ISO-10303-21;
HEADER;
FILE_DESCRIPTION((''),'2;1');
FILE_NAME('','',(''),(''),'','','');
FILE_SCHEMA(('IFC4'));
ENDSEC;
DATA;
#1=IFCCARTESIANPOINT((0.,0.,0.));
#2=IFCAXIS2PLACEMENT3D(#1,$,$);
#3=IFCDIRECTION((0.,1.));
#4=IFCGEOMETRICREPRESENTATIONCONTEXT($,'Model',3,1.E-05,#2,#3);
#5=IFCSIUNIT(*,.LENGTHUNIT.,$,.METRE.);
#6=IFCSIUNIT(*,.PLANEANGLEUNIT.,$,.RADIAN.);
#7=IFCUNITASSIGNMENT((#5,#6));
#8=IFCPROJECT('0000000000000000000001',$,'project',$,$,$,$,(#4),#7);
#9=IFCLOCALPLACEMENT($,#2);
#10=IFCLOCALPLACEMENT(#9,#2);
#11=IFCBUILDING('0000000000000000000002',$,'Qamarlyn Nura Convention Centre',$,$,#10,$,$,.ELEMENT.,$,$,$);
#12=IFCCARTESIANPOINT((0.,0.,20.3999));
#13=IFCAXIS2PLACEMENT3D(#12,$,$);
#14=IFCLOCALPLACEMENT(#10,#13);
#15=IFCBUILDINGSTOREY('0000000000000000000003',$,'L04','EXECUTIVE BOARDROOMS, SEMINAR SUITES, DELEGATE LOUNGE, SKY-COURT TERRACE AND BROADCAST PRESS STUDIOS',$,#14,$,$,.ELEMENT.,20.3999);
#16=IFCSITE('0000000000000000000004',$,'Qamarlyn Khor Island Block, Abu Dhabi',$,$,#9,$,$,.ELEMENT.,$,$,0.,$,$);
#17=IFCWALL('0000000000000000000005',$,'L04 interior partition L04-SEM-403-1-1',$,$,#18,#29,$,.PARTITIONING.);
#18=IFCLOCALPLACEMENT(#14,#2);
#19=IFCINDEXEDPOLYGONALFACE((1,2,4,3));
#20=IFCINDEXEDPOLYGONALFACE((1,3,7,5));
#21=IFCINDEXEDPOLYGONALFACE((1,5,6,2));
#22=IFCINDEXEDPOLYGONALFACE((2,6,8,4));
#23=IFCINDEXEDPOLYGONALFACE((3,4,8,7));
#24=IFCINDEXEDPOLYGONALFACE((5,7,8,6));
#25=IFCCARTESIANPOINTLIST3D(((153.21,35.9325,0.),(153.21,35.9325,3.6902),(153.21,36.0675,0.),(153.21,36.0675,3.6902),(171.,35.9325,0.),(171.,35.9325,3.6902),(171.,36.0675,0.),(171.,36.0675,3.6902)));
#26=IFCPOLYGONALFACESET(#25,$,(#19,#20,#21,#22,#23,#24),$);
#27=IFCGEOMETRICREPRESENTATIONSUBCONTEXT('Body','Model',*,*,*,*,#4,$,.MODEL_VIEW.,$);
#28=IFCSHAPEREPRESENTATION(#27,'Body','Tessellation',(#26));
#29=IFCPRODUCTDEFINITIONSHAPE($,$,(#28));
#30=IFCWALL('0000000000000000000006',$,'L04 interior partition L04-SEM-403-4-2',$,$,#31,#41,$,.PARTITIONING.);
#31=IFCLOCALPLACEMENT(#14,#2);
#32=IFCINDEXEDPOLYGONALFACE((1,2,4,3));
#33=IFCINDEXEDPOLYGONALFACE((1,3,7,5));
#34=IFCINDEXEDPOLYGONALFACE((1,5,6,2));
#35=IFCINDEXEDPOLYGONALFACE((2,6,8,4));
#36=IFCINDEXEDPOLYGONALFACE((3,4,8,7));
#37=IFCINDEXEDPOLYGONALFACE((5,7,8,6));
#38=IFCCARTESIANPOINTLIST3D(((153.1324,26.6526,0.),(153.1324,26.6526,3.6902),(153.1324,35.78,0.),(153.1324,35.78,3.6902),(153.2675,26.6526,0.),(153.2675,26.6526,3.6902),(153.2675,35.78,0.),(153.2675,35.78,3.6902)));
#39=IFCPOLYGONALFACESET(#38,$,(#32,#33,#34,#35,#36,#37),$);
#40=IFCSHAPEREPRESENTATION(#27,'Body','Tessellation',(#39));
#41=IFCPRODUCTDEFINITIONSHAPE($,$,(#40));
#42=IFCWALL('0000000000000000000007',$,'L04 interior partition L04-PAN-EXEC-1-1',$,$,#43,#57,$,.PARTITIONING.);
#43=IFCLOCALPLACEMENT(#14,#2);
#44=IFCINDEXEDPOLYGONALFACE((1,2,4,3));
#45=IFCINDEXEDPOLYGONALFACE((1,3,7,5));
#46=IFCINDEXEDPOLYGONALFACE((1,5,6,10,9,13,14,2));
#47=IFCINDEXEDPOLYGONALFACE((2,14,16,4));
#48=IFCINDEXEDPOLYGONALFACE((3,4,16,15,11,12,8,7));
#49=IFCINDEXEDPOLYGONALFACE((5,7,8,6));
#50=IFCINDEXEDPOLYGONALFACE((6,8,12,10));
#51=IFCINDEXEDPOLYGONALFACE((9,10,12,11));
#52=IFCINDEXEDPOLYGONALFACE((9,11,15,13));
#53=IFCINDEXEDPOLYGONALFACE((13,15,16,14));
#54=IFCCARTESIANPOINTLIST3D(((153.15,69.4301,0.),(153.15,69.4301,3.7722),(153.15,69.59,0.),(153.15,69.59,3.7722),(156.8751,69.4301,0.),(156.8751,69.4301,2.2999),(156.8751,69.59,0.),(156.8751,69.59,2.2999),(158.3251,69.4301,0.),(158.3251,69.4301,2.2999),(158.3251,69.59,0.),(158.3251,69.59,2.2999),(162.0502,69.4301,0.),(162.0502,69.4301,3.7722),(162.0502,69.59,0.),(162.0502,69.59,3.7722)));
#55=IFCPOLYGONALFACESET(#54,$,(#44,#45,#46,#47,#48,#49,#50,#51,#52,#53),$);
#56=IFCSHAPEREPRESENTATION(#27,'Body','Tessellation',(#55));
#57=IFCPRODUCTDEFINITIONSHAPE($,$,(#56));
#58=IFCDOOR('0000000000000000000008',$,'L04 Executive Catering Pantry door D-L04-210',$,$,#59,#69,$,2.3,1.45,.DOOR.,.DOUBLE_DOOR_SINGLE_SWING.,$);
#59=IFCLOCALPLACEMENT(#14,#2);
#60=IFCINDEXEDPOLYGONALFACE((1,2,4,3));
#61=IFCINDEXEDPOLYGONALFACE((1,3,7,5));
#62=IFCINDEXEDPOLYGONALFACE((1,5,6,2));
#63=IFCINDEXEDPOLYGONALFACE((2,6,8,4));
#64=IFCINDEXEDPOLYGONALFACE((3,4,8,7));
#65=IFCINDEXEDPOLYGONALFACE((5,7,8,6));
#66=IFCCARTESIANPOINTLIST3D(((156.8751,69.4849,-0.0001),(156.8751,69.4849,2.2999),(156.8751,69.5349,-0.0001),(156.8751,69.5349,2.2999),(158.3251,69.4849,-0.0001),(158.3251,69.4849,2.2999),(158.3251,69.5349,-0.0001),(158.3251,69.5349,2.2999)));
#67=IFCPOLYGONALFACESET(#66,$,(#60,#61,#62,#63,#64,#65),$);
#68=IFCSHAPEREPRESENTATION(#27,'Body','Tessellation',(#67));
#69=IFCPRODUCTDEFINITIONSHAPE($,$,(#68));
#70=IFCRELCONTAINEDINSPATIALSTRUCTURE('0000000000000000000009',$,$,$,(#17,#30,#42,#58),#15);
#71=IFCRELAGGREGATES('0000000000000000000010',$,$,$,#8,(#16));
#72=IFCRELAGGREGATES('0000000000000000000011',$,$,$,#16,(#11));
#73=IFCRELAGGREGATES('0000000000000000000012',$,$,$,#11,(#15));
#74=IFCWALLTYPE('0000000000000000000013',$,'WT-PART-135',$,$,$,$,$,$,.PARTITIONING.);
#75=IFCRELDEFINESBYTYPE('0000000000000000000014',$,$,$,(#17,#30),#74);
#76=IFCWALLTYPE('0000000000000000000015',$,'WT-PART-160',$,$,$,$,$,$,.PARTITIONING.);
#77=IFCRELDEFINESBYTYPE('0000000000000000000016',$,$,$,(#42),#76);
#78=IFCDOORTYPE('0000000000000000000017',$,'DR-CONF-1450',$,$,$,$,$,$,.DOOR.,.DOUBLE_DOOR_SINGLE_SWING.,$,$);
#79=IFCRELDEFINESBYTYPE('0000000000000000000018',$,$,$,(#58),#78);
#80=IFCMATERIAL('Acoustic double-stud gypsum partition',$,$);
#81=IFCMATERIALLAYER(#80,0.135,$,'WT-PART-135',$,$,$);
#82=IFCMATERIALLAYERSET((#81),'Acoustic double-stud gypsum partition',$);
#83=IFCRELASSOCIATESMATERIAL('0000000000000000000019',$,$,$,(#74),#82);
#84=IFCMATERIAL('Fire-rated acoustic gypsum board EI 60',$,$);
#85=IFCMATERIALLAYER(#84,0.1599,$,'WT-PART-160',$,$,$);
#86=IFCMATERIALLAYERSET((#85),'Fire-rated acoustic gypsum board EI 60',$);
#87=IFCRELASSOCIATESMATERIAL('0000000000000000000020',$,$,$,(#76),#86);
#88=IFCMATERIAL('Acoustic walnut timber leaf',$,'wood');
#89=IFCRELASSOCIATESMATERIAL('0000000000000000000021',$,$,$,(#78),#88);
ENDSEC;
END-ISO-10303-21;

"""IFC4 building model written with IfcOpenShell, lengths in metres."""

from ifc_helpers import new_model, si_unit, direction, frame, frame_2d, origin, place, context, subcontext, project, spatial, rectangle, extrude, material, layer, layer_set, type_object, element, fill, save


model = new_model("IFC4")

# Units and contexts
model_context = context("Model", 3, precision=1e-05, world=origin(), true_north=direction((0.0, 1.0)))
body_context = subcontext(model_context, "Body", "Model", "MODEL_VIEW")
ifc_project = project(units=[si_unit("LENGTHUNIT", "METRE"), si_unit("PLANEANGLEUNIT", "RADIAN")], contexts=[model_context])

# Site, building, storey
site_placement = place(None, origin())
site = spatial("IfcSite", under=ifc_project, at=site_placement, Name="Qamarlyn Khor Island Block, Abu Dhabi", CompositionType="ELEMENT", RefElevation=0.0)
building_placement = place(site_placement, origin())
building = spatial("IfcBuilding", under=site, at=building_placement, Name="Qamarlyn Nura Convention Centre", CompositionType="ELEMENT")
storey_placement = place(building_placement, frame((0.0, 0.0, 20.3999)))
storey = spatial("IfcBuildingStorey", under=building, at=storey_placement, Name="L04", Description="EXECUTIVE BOARDROOMS, SEMINAR SUITES, DELEGATE LOUNGE, SKY-COURT TERRACE AND BROADCAST PRESS STUDIOS", CompositionType="ELEMENT", Elevation=20.3999)

# Shared definitions
ifc_material_1 = material(Name="Acoustic double-stud gypsum partition")
ifc_material_2 = material(Name="Acoustic walnut timber leaf", Category="wood")

# Walls
ifc_layer_1 = layer(ifc_material_1, 0.135, Name="WT-PART-135")
ifc_layer_set_1 = layer_set([ifc_layer_1], Name="Acoustic double-stud gypsum partition")
wall_type_1 = type_object("IfcWallType", Name="WT-PART-135", PredefinedType="PARTITIONING", material=ifc_layer_set_1)
wall_1_placement = place(storey_placement, frame((153.21, 36.0, 0.0), z_axis=(0.0, 0.0, 1.0), x_axis=(1.0, 0.0, 0.0)))
element("IfcWall", 1, at=wall_1_placement, inside=storey, type_object=wall_type_1, Name="L04 interior partition L04-SEM-403-1-1", PredefinedType="PARTITIONING", context=body_context, shape_type="SweptSolid", body=[
    extrude(rectangle(XDim=17.79, YDim=0.135, at=frame_2d((8.895, 0.0))), origin(), (0.0, 0.0, 1.0), 3.6902),
])
wall_2_placement = place(storey_placement, frame((153.2, 26.6526, 0.0), z_axis=(0.0, 0.0, 1.0), x_axis=(0.0, 1.0, 0.0)))
element("IfcWall", 2, at=wall_2_placement, inside=storey, type_object=wall_type_1, Name="L04 interior partition L04-SEM-403-4-2", PredefinedType="PARTITIONING", context=body_context, shape_type="SweptSolid", body=[
    extrude(rectangle(XDim=9.1274, YDim=0.135, at=frame_2d((4.5637, 0.0))), origin(), (0.0, 0.0, 1.0), 3.6902),
])

# Wall, opening, door
ifc_material_3 = material(Name="Fire-rated acoustic gypsum board EI 60")
ifc_layer_2 = layer(ifc_material_3, 0.1599, Name="WT-PART-160")
ifc_layer_set_2 = layer_set([ifc_layer_2], Name="Fire-rated acoustic gypsum board EI 60")
wall_type_2 = type_object("IfcWallType", Name="WT-PART-160", PredefinedType="PARTITIONING", material=ifc_layer_set_2)
wall_3_placement = place(storey_placement, frame((153.1499, 69.51, 0.0), z_axis=(0.0, 0.0, 1.0), x_axis=(1.0, 0.0, 0.0)))
wall_3 = element("IfcWall", 3, at=wall_3_placement, inside=storey, type_object=wall_type_2, Name="L04 interior partition L04-PAN-EXEC-1-1", PredefinedType="PARTITIONING", context=body_context, shape_type="SweptSolid", body=[
    extrude(rectangle(XDim=8.9001, YDim=0.1599, at=frame_2d((4.4502, 0.0))), origin(), (0.0, 0.0, 1.0), 3.7722),
])
opening_1_placement = place(wall_3_placement, frame((3.7251, 0.0, 0.0)))
opening_1 = element("IfcOpeningElement", 4, at=opening_1_placement, cuts=wall_3, PredefinedType="OPENING", context=body_context, shape_type="SweptSolid", body=[
    extrude(rectangle(XDim=1.45, YDim=2.3, at=frame_2d((0.7251, 1.1499))), frame((0.0, 0.0898, 0.0), z_axis=(0.0, -1.0, 0.0), x_axis=(1.0, 0.0, 0.0)), (0.0, 0.0, 1.0), 0.1799),
])
door_type_1 = type_object("IfcDoorType", Name="DR-CONF-1450", OperationType="DOUBLE_DOOR_SINGLE_SWING", PredefinedType="DOOR", material=ifc_material_2)
door_1_placement = place(opening_1_placement, origin())
door_1 = element("IfcDoor", 5, at=door_1_placement, inside=storey, type_object=door_type_1, Name="L04 Executive Catering Pantry door D-L04-210", OperationType="DOUBLE_DOOR_SINGLE_SWING", OverallHeight=2.3, OverallWidth=1.45, PredefinedType="DOOR", context=body_context, shape_type="SweptSolid", body=[
    extrude(rectangle(XDim=1.45, YDim=2.3, at=frame_2d((0.7251, 1.1499))), frame((0.0, 0.0249, 0.0), z_axis=(0.0, -1.0, 0.0), x_axis=(1.0, 0.0, 0.0)), (0.0, 0.0, 1.0), 0.05),
])
fill(opening_1, door_1)

save(model, "model.ifc")
